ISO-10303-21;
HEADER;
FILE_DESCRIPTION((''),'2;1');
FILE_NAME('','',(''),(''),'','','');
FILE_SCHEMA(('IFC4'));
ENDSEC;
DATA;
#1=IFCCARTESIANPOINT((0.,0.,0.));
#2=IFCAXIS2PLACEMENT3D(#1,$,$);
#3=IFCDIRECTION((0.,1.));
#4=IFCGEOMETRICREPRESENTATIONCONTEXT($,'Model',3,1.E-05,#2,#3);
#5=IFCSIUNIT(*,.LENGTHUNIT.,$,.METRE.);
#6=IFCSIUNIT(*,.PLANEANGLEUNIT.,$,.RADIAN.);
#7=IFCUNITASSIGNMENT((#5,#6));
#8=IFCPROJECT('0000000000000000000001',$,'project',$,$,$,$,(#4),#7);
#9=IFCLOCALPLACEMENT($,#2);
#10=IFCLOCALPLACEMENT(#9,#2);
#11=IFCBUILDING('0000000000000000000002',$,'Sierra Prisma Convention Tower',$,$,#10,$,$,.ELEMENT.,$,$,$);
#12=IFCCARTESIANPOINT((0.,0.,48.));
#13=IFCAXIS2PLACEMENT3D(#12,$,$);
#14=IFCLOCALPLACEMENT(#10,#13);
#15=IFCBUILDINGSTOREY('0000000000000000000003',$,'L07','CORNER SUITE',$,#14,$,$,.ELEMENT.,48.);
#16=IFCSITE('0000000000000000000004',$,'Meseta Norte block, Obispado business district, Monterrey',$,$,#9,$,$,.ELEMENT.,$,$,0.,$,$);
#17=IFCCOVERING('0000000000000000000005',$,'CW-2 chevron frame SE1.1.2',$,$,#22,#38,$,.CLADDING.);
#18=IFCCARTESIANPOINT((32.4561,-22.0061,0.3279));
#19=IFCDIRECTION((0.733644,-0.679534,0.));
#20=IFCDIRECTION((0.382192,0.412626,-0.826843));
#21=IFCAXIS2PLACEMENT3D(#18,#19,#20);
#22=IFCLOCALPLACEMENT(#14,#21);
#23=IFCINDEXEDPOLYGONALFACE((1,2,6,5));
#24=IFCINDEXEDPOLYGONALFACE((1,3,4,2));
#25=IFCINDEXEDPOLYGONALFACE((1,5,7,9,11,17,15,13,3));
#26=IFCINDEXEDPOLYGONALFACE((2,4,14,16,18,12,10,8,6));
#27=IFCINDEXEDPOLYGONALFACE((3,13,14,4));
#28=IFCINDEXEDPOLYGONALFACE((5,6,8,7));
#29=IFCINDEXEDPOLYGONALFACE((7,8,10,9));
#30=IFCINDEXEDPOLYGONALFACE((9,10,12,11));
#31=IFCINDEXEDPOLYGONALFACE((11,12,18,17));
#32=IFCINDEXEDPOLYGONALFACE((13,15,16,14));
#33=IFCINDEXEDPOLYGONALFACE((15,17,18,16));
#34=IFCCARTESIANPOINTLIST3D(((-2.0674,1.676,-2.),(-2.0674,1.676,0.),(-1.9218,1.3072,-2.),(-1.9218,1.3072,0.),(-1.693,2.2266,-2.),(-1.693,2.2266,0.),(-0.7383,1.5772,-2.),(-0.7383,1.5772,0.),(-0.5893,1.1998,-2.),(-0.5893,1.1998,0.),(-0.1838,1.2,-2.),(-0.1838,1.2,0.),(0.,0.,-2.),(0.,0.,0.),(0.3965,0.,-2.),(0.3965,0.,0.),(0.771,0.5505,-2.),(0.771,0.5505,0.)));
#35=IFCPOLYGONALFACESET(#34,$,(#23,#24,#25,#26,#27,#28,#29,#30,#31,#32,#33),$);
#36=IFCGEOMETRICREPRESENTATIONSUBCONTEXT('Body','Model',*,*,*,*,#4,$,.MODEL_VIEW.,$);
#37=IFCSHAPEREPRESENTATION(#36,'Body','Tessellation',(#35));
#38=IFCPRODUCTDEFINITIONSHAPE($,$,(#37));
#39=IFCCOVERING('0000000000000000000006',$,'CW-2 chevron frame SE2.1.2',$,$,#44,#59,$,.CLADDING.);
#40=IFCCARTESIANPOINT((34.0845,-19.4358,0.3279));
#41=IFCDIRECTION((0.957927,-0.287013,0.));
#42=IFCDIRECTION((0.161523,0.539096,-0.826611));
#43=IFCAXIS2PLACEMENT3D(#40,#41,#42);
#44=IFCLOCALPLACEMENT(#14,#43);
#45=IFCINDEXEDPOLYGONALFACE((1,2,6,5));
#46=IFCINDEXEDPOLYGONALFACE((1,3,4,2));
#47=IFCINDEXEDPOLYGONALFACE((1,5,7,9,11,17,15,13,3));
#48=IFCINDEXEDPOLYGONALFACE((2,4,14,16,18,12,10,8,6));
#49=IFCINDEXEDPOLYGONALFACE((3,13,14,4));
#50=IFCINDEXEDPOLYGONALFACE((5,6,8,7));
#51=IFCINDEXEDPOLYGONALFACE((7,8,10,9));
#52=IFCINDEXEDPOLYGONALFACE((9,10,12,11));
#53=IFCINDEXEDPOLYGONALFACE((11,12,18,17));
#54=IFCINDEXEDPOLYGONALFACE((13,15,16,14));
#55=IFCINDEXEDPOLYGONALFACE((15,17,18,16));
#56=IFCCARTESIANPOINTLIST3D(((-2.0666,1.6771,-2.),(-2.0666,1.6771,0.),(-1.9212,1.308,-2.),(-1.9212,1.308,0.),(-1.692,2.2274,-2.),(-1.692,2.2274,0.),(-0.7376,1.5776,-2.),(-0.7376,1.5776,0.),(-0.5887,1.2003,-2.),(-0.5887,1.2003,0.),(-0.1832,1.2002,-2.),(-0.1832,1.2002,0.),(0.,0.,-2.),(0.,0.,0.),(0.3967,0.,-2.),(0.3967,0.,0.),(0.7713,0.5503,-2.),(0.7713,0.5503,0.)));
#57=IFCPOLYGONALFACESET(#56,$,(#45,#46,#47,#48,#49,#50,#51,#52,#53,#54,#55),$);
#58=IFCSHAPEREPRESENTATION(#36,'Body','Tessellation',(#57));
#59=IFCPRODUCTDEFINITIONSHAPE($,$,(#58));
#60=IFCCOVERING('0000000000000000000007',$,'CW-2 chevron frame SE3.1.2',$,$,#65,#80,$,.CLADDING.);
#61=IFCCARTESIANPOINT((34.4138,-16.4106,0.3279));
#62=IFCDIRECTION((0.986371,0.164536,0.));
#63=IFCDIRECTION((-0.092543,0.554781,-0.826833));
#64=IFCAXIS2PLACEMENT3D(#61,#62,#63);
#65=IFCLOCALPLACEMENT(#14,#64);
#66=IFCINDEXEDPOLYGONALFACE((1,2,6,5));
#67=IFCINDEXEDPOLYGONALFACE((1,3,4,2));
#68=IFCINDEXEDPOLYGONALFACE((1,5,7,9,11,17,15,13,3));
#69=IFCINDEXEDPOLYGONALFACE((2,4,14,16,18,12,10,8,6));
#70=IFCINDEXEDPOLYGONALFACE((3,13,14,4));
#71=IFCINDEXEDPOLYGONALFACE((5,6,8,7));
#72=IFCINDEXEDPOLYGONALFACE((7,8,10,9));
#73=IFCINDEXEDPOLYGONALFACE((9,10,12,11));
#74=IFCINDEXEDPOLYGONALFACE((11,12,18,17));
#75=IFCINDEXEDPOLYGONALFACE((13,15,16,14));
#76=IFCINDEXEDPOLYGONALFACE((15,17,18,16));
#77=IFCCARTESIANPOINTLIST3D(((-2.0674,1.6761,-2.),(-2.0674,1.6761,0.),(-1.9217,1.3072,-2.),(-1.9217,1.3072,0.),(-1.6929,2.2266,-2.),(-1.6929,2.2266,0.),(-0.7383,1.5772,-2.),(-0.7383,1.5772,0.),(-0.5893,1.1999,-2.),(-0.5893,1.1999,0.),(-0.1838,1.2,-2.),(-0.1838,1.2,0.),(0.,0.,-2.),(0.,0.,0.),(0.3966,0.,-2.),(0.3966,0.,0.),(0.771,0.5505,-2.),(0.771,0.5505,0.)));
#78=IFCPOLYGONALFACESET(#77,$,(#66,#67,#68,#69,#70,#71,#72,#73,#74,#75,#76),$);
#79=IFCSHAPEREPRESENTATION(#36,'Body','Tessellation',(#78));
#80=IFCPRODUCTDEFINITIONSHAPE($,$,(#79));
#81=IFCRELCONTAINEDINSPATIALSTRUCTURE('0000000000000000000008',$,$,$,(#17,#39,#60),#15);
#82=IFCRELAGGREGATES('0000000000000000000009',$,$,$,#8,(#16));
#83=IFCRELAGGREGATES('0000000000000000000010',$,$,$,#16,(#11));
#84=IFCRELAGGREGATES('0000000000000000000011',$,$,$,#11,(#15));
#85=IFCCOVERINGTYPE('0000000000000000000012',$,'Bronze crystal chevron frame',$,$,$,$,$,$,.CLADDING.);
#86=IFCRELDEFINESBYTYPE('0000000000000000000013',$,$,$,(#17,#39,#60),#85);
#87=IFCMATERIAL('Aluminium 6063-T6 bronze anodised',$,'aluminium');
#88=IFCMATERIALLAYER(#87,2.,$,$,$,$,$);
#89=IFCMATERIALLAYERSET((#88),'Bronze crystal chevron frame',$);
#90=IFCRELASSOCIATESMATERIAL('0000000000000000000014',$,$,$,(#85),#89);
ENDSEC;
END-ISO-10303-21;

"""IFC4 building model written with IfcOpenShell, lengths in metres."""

from ifc_helpers import new_model, si_unit, direction, frame, origin, place, context, subcontext, project, spatial, polyline, outline, extrude, material, layer, layer_set, type_object, element, save


model = new_model("IFC4")

# Units and contexts
model_context = context("Model", 3, precision=1e-05, world=origin(), true_north=direction((0.0, 1.0)))
body_context = subcontext(model_context, "Body", "Model", "MODEL_VIEW")
ifc_project = project(units=[si_unit("LENGTHUNIT", "METRE"), si_unit("PLANEANGLEUNIT", "RADIAN")], contexts=[model_context])

# Site, building, storey
site_placement = place(None, origin())
site = spatial("IfcSite", under=ifc_project, at=site_placement, Name="Meseta Norte block, Obispado business district, Monterrey", CompositionType="ELEMENT", RefElevation=0.0)
building_placement = place(site_placement, origin())
building = spatial("IfcBuilding", under=site, at=building_placement, Name="Sierra Prisma Convention Tower", CompositionType="ELEMENT")
storey_placement = place(building_placement, frame((0.0, 0.0, 48.0)))
storey = spatial("IfcBuildingStorey", under=building, at=storey_placement, Name="L07", Description="CORNER SUITE", CompositionType="ELEMENT", Elevation=48.0)

# Coverings
ifc_material_1 = material(Name="Aluminium 6063-T6 bronze anodised", Category="aluminium")
ifc_layer_1 = layer(ifc_material_1, 2.0)
ifc_layer_set_1 = layer_set([ifc_layer_1], Name="Bronze crystal chevron frame")
covering_type = type_object("IfcCoveringType", Name="Bronze crystal chevron frame", PredefinedType="CLADDING", material=ifc_layer_set_1)
covering_1_placement = place(storey_placement, frame((32.4561, -22.0061, 0.3279), z_axis=(0.733644, -0.679534, 0.0), x_axis=(0.382192, 0.412626, -0.826843)))
element("IfcCovering", 1, at=covering_1_placement, inside=storey, type_object=covering_type, Name="CW-2 chevron frame SE1.1.2", PredefinedType="CLADDING", context=body_context, shape_type="SweptSolid", body=[
    extrude(outline(polyline([(0.0, 0.0), (0.3965, 0.0), (0.771, 0.5505), (-0.1838, 1.2), (-0.5893, 1.1998), (-0.7383, 1.5772), (-1.693, 2.2266), (-2.0674, 1.676), (-1.9218, 1.3072), (0.0, 0.0)])), origin(), (0.0, 0.0, -1.0), 2.0),
])
covering_2_placement = place(storey_placement, frame((34.0845, -19.4358, 0.3279), z_axis=(0.957927, -0.287013, 0.0), x_axis=(0.161523, 0.539096, -0.826611)))
element("IfcCovering", 2, at=covering_2_placement, inside=storey, type_object=covering_type, Name="CW-2 chevron frame SE2.1.2", PredefinedType="CLADDING", context=body_context, shape_type="SweptSolid", body=[
    extrude(outline(polyline([(0.0, 0.0), (0.3967, 0.0), (0.7713, 0.5503), (-0.1832, 1.2002), (-0.5887, 1.2003), (-0.7376, 1.5776), (-1.692, 2.2274), (-2.0666, 1.6771), (-1.9212, 1.308), (0.0, 0.0)])), origin(), (0.0, 0.0, -1.0), 2.0),
])
covering_3_placement = place(storey_placement, frame((34.4138, -16.4106, 0.3279), z_axis=(0.986371, 0.164536, 0.0), x_axis=(-0.092543, 0.554781, -0.826833)))
element("IfcCovering", 3, at=covering_3_placement, inside=storey, type_object=covering_type, Name="CW-2 chevron frame SE3.1.2", PredefinedType="CLADDING", context=body_context, shape_type="SweptSolid", body=[
    extrude(outline(polyline([(0.0, 0.0), (0.3966, 0.0), (0.771, 0.5505), (-0.1838, 1.2), (-0.5893, 1.1999), (-0.7383, 1.5772), (-1.6929, 2.2266), (-2.0674, 1.6761), (-1.9217, 1.3072), (0.0, 0.0)])), origin(), (0.0, 0.0, -1.0), 2.0),
])

save(model, "model.ifc")
